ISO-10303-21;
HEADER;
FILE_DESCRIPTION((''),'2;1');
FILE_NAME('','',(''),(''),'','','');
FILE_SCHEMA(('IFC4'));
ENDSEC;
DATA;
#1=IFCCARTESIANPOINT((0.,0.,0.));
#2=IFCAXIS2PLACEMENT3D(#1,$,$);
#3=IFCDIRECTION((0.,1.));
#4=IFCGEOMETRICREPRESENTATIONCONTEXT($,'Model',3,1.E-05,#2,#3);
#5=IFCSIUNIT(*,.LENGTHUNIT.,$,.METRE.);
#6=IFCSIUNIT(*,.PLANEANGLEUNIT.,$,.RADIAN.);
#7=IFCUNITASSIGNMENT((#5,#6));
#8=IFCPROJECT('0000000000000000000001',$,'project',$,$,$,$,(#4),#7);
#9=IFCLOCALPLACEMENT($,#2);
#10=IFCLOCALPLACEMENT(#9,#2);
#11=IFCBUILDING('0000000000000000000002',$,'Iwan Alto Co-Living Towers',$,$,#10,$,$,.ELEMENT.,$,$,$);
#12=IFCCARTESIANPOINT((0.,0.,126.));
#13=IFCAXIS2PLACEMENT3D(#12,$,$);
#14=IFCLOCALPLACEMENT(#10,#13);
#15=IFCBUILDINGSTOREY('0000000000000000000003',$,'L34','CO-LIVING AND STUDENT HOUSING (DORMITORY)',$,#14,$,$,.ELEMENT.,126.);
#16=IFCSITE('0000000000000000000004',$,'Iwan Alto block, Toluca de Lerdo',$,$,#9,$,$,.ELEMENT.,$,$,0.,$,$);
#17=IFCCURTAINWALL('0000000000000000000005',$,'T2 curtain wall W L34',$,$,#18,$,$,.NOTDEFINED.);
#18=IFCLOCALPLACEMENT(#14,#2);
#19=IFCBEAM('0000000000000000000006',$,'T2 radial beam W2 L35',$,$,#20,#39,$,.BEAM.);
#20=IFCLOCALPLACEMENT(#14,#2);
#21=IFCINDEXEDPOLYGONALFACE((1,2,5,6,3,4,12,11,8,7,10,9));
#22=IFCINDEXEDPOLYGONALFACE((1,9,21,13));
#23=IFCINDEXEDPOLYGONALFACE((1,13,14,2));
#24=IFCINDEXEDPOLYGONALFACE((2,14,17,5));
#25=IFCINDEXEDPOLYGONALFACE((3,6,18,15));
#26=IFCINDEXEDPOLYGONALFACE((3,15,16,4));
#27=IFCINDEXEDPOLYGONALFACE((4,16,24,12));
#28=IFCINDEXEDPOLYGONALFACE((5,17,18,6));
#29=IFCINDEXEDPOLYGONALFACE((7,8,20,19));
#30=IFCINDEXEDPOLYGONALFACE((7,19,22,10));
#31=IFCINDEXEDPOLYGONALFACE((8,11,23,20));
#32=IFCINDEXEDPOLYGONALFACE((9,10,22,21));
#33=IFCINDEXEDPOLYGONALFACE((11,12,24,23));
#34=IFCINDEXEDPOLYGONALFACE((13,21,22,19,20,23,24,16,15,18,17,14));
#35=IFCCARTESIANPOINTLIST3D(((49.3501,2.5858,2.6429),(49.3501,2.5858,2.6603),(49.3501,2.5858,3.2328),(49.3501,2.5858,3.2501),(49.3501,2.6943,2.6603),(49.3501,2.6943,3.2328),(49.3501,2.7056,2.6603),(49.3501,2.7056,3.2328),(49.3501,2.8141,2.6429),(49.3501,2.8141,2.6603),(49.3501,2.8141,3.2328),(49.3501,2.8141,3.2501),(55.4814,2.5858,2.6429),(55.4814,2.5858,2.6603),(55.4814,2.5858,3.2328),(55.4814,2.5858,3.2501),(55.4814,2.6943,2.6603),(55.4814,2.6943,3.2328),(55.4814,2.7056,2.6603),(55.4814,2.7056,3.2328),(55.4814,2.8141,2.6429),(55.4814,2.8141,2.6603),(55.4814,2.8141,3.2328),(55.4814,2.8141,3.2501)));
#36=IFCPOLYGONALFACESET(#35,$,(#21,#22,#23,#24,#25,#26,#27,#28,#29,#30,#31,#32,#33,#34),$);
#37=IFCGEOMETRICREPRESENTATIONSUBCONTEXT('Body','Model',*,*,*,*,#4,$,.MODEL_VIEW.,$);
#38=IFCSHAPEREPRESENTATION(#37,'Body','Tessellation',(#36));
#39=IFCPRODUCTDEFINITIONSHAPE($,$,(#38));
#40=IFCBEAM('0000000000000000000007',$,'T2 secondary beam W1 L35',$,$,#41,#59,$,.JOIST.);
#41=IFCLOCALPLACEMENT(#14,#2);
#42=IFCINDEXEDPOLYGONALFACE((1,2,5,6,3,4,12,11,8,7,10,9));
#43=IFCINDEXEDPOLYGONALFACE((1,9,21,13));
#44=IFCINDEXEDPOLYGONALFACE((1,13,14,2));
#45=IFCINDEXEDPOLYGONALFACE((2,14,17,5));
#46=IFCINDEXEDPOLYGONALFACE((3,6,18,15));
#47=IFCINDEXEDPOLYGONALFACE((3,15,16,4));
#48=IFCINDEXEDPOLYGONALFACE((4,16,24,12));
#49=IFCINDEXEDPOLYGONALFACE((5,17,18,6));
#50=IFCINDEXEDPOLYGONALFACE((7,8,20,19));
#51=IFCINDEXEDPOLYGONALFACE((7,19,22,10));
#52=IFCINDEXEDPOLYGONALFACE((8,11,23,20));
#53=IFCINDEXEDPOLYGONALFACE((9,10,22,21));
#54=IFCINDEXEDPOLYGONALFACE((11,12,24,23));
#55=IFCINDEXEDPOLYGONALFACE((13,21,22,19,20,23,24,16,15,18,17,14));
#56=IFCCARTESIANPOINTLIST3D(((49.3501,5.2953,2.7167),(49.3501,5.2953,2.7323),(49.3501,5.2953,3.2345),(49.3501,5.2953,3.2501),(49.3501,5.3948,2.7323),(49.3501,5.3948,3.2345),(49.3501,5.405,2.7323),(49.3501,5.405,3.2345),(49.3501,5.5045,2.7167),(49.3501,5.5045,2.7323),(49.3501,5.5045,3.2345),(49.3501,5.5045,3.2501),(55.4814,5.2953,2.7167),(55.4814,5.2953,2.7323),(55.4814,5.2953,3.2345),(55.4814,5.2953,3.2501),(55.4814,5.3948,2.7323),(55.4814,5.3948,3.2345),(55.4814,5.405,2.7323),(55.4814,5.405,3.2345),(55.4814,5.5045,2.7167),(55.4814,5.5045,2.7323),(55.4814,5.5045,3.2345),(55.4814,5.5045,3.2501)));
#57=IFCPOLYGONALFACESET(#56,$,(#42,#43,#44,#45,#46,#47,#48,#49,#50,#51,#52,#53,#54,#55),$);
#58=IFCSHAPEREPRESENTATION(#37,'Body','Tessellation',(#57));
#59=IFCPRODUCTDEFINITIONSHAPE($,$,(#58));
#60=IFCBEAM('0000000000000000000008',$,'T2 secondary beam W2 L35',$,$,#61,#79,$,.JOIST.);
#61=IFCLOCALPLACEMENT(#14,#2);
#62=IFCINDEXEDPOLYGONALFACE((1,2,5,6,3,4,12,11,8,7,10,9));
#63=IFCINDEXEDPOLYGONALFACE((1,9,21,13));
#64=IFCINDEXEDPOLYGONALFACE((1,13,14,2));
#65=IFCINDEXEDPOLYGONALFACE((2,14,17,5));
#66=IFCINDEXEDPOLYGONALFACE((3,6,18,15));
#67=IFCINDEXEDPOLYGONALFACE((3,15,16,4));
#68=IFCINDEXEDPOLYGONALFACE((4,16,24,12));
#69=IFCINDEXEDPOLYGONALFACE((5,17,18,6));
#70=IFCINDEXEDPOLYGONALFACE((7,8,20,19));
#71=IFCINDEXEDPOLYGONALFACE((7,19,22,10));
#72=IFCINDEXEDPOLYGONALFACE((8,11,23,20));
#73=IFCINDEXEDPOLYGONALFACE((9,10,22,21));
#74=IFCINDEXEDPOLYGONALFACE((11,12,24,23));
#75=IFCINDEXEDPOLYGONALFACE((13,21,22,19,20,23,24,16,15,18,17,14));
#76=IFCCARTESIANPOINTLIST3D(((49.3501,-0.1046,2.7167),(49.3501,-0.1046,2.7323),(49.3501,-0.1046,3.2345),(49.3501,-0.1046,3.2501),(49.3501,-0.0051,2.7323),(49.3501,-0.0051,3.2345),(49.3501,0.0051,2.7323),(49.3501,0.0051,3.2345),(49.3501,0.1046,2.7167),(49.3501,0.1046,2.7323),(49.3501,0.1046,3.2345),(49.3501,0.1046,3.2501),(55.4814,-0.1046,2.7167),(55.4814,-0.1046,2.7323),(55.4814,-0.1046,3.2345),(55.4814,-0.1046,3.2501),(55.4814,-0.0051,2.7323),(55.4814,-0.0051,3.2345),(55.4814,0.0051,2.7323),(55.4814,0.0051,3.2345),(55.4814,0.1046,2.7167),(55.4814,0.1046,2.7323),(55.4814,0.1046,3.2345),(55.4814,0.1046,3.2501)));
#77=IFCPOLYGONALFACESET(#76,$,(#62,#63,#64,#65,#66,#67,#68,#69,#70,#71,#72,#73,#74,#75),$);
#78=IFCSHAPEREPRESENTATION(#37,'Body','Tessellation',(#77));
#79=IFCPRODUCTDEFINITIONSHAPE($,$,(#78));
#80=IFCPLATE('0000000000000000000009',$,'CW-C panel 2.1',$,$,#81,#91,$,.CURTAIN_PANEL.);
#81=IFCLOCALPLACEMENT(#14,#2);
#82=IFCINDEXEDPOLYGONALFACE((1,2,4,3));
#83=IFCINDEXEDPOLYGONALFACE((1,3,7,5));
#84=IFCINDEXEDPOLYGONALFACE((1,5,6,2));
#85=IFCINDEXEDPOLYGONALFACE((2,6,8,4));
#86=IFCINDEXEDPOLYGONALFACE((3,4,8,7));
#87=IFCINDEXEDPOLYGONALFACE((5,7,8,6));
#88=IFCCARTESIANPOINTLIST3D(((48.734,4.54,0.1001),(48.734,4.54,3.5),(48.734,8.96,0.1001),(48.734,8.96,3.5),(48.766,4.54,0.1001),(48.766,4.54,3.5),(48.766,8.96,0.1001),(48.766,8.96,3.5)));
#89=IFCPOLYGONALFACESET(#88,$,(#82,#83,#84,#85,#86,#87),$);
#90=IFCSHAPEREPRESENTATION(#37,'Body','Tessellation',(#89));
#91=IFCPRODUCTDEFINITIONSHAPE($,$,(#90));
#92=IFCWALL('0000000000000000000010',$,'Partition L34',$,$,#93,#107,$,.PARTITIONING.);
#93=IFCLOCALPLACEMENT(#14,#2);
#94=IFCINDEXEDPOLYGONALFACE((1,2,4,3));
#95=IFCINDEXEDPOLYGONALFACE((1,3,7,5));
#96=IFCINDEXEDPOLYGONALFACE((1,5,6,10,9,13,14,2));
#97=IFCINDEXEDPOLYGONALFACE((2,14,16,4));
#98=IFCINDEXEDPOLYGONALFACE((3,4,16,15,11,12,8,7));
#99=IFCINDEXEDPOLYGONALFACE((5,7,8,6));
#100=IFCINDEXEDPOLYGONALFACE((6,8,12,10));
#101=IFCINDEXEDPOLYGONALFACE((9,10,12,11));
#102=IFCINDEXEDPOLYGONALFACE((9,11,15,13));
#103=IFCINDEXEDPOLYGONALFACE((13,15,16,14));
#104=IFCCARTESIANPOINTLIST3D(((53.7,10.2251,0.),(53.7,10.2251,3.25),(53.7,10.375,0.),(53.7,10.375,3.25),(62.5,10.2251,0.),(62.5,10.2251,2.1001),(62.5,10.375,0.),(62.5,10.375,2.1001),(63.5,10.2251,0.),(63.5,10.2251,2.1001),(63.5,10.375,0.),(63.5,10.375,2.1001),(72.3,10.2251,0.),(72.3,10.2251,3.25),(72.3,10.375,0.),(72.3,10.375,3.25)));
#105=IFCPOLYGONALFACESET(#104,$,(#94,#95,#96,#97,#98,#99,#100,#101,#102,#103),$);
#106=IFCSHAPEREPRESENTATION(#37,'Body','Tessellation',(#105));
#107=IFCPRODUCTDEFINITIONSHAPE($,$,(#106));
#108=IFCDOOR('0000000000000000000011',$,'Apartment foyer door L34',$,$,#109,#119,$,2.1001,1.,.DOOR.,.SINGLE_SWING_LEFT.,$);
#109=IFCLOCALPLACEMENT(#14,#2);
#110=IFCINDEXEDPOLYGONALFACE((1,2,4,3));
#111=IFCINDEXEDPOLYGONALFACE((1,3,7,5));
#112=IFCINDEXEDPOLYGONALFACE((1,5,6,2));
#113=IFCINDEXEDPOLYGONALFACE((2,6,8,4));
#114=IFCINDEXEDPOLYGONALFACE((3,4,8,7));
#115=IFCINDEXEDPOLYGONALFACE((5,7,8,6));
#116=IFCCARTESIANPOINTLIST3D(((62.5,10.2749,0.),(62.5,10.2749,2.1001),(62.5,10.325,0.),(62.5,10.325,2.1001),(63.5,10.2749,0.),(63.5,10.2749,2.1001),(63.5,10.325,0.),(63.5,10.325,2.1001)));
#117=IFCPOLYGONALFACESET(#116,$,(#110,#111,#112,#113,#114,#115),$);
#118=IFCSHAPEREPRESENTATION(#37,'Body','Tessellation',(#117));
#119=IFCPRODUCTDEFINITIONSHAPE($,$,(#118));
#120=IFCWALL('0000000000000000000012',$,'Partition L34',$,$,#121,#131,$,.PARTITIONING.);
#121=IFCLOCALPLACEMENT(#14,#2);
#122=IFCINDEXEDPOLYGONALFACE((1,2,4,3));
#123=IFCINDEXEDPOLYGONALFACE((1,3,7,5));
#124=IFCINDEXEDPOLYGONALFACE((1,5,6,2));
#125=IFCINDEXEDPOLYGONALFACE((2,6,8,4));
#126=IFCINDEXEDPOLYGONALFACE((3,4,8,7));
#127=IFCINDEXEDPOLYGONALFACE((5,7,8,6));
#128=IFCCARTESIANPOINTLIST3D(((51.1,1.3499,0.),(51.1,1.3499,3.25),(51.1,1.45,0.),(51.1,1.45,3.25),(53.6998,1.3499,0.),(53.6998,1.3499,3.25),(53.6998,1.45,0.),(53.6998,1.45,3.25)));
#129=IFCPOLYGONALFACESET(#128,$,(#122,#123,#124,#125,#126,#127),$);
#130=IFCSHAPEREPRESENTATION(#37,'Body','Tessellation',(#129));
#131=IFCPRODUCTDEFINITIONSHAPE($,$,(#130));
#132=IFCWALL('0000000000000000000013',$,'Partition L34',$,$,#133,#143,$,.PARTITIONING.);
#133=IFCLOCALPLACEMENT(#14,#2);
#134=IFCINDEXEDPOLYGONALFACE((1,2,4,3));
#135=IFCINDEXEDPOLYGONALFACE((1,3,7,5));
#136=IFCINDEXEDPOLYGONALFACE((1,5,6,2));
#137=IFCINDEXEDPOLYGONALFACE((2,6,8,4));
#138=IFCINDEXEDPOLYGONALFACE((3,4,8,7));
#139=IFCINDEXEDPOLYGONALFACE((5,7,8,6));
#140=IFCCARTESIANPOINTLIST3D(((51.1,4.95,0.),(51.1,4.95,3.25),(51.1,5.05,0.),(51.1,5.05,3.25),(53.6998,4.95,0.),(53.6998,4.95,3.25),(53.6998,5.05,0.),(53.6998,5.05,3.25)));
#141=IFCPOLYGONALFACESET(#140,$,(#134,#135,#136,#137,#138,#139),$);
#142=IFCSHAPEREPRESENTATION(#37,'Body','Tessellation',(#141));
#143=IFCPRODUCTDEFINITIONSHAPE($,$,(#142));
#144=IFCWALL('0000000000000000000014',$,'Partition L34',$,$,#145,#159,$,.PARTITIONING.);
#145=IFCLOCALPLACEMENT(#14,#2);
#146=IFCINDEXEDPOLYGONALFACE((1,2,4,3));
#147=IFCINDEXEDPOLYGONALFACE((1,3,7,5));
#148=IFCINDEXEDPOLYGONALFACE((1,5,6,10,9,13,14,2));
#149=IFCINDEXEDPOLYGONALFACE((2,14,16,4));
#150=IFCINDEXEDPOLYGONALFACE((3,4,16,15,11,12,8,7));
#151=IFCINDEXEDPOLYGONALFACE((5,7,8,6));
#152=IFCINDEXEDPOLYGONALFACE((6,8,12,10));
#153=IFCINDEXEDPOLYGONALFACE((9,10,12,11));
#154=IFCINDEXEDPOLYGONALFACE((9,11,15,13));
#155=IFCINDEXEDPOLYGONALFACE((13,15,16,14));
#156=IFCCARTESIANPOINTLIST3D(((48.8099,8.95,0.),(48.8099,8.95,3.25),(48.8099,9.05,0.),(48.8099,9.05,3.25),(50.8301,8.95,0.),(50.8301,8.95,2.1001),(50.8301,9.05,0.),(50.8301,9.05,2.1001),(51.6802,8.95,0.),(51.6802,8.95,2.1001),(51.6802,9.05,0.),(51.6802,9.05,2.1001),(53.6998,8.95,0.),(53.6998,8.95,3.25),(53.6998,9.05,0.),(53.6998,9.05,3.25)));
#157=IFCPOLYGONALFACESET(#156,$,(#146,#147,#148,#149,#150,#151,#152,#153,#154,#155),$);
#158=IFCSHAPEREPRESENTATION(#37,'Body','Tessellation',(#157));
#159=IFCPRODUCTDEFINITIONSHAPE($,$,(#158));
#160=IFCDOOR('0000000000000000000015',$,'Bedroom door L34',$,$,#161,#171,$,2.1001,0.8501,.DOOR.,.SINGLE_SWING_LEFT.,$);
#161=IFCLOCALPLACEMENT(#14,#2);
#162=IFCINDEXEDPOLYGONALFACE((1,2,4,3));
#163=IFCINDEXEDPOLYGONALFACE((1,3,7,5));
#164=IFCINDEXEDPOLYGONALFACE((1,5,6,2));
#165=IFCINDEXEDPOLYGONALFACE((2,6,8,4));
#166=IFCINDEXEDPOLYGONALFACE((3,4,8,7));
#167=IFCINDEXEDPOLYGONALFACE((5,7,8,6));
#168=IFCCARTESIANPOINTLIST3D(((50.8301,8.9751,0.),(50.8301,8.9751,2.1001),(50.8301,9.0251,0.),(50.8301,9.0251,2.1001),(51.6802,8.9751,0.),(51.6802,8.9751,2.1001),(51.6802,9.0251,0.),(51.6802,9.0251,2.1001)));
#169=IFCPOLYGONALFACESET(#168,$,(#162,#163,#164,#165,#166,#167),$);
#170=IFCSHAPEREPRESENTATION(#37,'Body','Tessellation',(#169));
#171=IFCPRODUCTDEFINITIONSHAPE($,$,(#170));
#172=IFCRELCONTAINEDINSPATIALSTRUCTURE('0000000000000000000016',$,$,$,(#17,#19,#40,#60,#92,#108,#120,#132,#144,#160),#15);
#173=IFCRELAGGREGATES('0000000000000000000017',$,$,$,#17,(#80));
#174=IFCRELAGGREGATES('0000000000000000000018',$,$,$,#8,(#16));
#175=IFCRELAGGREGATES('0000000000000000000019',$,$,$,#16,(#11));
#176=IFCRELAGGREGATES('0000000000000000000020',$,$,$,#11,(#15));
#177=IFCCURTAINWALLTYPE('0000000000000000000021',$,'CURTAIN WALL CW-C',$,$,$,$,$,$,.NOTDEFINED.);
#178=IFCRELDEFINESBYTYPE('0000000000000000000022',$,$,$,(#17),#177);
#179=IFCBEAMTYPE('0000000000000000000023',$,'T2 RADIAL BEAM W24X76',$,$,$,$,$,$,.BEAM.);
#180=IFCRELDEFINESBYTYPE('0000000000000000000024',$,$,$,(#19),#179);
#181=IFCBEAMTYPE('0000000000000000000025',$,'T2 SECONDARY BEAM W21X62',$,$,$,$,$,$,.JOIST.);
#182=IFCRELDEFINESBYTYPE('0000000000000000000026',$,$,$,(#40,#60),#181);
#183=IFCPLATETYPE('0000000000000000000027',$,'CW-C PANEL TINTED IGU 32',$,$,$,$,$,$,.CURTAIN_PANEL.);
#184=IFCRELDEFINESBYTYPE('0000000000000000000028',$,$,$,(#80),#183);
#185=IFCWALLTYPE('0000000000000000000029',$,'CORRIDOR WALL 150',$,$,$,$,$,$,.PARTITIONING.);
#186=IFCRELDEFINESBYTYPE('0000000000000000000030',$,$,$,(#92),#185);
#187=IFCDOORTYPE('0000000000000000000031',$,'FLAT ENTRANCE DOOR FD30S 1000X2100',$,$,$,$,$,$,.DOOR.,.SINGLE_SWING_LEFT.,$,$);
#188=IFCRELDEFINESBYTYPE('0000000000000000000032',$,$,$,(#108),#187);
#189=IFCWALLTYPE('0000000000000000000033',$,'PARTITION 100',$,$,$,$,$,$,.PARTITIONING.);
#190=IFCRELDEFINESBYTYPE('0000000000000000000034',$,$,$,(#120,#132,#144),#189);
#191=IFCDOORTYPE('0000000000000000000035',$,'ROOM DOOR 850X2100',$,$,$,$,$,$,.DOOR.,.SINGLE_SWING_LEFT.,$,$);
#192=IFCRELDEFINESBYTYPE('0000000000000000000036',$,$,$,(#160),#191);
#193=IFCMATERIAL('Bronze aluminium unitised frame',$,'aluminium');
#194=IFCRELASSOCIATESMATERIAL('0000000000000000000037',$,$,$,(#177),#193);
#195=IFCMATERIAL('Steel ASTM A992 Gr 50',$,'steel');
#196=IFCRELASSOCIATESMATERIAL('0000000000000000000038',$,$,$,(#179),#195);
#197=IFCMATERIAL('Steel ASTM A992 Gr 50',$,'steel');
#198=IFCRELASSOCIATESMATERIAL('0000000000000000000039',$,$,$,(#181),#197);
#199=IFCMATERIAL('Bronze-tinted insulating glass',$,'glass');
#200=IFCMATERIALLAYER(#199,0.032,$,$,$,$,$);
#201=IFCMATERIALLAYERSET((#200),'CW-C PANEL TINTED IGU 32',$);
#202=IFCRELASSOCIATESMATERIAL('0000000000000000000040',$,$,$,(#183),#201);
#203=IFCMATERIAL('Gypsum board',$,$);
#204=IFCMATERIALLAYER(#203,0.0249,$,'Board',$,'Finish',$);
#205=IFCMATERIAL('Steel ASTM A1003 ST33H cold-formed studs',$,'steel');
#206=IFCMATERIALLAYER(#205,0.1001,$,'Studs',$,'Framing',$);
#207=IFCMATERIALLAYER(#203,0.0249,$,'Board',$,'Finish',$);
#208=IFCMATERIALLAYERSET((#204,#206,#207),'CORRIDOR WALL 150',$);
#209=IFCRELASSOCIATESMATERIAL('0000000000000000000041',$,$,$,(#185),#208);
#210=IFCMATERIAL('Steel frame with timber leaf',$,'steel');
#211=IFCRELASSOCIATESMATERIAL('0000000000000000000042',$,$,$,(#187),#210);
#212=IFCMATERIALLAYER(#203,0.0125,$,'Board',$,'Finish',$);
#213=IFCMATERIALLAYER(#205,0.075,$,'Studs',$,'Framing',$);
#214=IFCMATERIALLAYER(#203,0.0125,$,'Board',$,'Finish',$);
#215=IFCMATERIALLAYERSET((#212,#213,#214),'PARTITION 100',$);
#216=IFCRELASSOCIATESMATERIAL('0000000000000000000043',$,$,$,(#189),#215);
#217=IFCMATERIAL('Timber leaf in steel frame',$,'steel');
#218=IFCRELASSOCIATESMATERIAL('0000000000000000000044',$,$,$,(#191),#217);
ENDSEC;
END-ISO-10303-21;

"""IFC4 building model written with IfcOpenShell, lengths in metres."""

from ifc_helpers import new_model, si_unit, direction, frame, frame_2d, origin, origin_2d, place, context, subcontext, project, spatial, rectangle, i_section, extrude, material, layer, layer_set, material_profile, profile_set, type_object, element, fill, aggregate, save


model = new_model("IFC4")

# Units and contexts
model_context = context("Model", 3, precision=1e-05, world=origin(), true_north=direction((0.0, 1.0)))
body_context = subcontext(model_context, "Body", "Model", "MODEL_VIEW")
ifc_project = project(units=[si_unit("LENGTHUNIT", "METRE"), si_unit("PLANEANGLEUNIT", "RADIAN")], contexts=[model_context])

# Site, building, storey
site_placement = place(None, origin())
site = spatial("IfcSite", under=ifc_project, at=site_placement, Name="Iwan Alto block, Toluca de Lerdo", CompositionType="ELEMENT", RefElevation=0.0)
building_placement = place(site_placement, origin())
building = spatial("IfcBuilding", under=site, at=building_placement, Name="Iwan Alto Co-Living Towers", CompositionType="ELEMENT")
storey_placement = place(building_placement, frame((0.0, 0.0, 126.0)))
storey = spatial("IfcBuildingStorey", under=building, at=storey_placement, Name="L34", Description="CO-LIVING AND STUDENT HOUSING (DORMITORY)", CompositionType="ELEMENT", Elevation=126.0)

# Curtain wall
ifc_material_1 = material(Name="Bronze aluminium unitised frame", Category="aluminium")
curtain_wall_type = type_object("IfcCurtainWallType", Name="CURTAIN WALL CW-C", PredefinedType="NOTDEFINED", material=ifc_material_1)
curtain_wall_placement = place(storey_placement, origin())
curtain_wall = element("IfcCurtainWall", 1, at=curtain_wall_placement, inside=storey, type_object=curtain_wall_type, Name="T2 curtain wall W L34", PredefinedType="NOTDEFINED")

# Beams
ifc_material_2 = material(Name="Steel ASTM A992 Gr 50", Category="steel")
ifc_material_profile_1 = material_profile(ifc_material_2, i_section(OverallWidth=0.2283, OverallDepth=0.6072, WebThickness=0.0112, FlangeThickness=0.0173, at=origin_2d()), Name="W24X76")
ifc_profile_set_1 = profile_set([ifc_material_profile_1], Name="Steel ASTM A992 Gr 50")
beam_type_1 = type_object("IfcBeamType", Name="T2 RADIAL BEAM W24X76", PredefinedType="BEAM", material=ifc_profile_set_1)
for number, where, z_axis, x_axis, name in (
    (2, (49.3501, 2.7, 2.9465), (1.0, 0.0, 0.0), (0.0, 1.0, 0.0), "T2 radial beam W2 L35"),
):
    element("IfcBeam", number, at=place(storey_placement, frame(where, z_axis=z_axis, x_axis=x_axis)), inside=storey, type_object=beam_type_1, Name=name, PredefinedType="BEAM", context=body_context, shape_type="SweptSolid", body=[
        extrude(i_section(OverallWidth=0.2283, OverallDepth=0.6072, WebThickness=0.0112, FlangeThickness=0.0173, at=origin_2d()), origin(), (0.0, 0.0, 1.0), 6.1313),
    ])
ifc_material_3 = material(Name="Steel ASTM A992 Gr 50", Category="steel")
ifc_material_profile_2 = material_profile(ifc_material_3, i_section(OverallWidth=0.2092, OverallDepth=0.5334, WebThickness=0.0103, FlangeThickness=0.0156, at=origin_2d()), Name="W21X62")
ifc_profile_set_2 = profile_set([ifc_material_profile_2], Name="Steel ASTM A992 Gr 50")
beam_type_2 = type_object("IfcBeamType", Name="T2 SECONDARY BEAM W21X62", PredefinedType="JOIST", material=ifc_profile_set_2)
for number, where, z_axis, x_axis, name in (
    (3, (49.3501, 5.3999, 2.9834), (1.0, 0.0, 0.0), (0.0, 1.0, 0.0), "T2 secondary beam W1 L35"),
    (4, (49.3501, 0.0, 2.9834), (1.0, 0.0, 0.0), (0.0, 1.0, 0.0), "T2 secondary beam W2 L35"),
):
    element("IfcBeam", number, at=place(storey_placement, frame(where, z_axis=z_axis, x_axis=x_axis)), inside=storey, type_object=beam_type_2, Name=name, PredefinedType="JOIST", context=body_context, shape_type="SweptSolid", body=[
        extrude(i_section(OverallWidth=0.2092, OverallDepth=0.5334, WebThickness=0.0103, FlangeThickness=0.0156, at=origin_2d()), origin(), (0.0, 0.0, 1.0), 6.1313),
    ])

# Plate
ifc_material_4 = material(Name="Bronze-tinted insulating glass", Category="glass")
ifc_layer_1 = layer(ifc_material_4, 0.032)
ifc_layer_set_1 = layer_set([ifc_layer_1], Name="CW-C PANEL TINTED IGU 32")
plate_type = type_object("IfcPlateType", Name="CW-C PANEL TINTED IGU 32", PredefinedType="CURTAIN_PANEL", material=ifc_layer_set_1)
plate_placement = place(storey_placement, frame((48.75, 6.75, 0.1001), z_axis=(0.0, 0.0, 1.0), x_axis=(0.0, -1.0, 0.0)))
plate = element("IfcPlate", 5, at=plate_placement, type_object=plate_type, Name="CW-C panel 2.1", PredefinedType="CURTAIN_PANEL", context=body_context, shape_type="SweptSolid", body=[
    extrude(rectangle(XDim=4.4199, YDim=0.032, at=origin_2d()), origin(), (0.0, 0.0, 1.0), 3.3999),
])
aggregate(curtain_wall, [plate])

# Wall, opening, door
ifc_material_5 = material(Name="Gypsum board")
ifc_layer_2 = layer(ifc_material_5, 0.0249, Name="Board", Category="Finish")
ifc_material_6 = material(Name="Steel ASTM A1003 ST33H cold-formed studs", Category="steel")
ifc_layer_3 = layer(ifc_material_6, 0.1001, Name="Studs", Category="Framing")
ifc_layer_4 = layer(ifc_material_5, 0.0249, Name="Board", Category="Finish")
ifc_layer_set_2 = layer_set([ifc_layer_2, ifc_layer_3, ifc_layer_4], Name="CORRIDOR WALL 150")
wall_type_1 = type_object("IfcWallType", Name="CORRIDOR WALL 150", PredefinedType="PARTITIONING", material=ifc_layer_set_2)
wall_1_placement = place(storey_placement, frame((53.7, 10.3, 0.0), z_axis=(0.0, 0.0, 1.0), x_axis=(1.0, 0.0, 0.0)))
wall_1 = element("IfcWall", 6, at=wall_1_placement, inside=storey, type_object=wall_type_1, Name="Partition L34", PredefinedType="PARTITIONING", context=body_context, shape_type="SweptSolid", body=[
    extrude(rectangle(XDim=18.6001, YDim=0.1499, at=frame_2d((9.3, 0.0))), origin(), (0.0, 0.0, 1.0), 3.25),
])
opening_1_placement = place(wall_1_placement, frame((8.8, 0.0, 0.0)))
opening_1 = element("IfcOpeningElement", 7, at=opening_1_placement, cuts=wall_1, PredefinedType="OPENING", context=body_context, shape_type="SweptSolid", body=[
    extrude(rectangle(XDim=1.0, YDim=2.1001, at=frame_2d((0.5, 1.05))), frame((0.0, 0.085, 0.0), z_axis=(0.0, -1.0, 0.0), x_axis=(1.0, 0.0, 0.0)), (0.0, 0.0, 1.0), 0.1699),
])
ifc_material_7 = material(Name="Steel frame with timber leaf", Category="steel")
door_type_1 = type_object("IfcDoorType", Name="FLAT ENTRANCE DOOR FD30S 1000X2100", OperationType="SINGLE_SWING_LEFT", PredefinedType="DOOR", material=ifc_material_7)
door_1_placement = place(opening_1_placement, origin())
door_1 = element("IfcDoor", 8, at=door_1_placement, inside=storey, type_object=door_type_1, Name="Apartment foyer door L34", OperationType="SINGLE_SWING_LEFT", OverallHeight=2.1001, OverallWidth=1.0, PredefinedType="DOOR", context=body_context, shape_type="SweptSolid", body=[
    extrude(rectangle(XDim=1.0, YDim=2.1001, at=frame_2d((0.5, 1.05))), frame((0.0, 0.0249, 0.0), z_axis=(0.0, -1.0, 0.0), x_axis=(1.0, 0.0, 0.0)), (0.0, 0.0, 1.0), 0.05),
])
fill(opening_1, door_1)

# Walls
ifc_layer_5 = layer(ifc_material_5, 0.0125, Name="Board", Category="Finish")
ifc_layer_6 = layer(ifc_material_6, 0.075, Name="Studs", Category="Framing")
ifc_layer_7 = layer(ifc_material_5, 0.0125, Name="Board", Category="Finish")
ifc_layer_set_3 = layer_set([ifc_layer_5, ifc_layer_6, ifc_layer_7], Name="PARTITION 100")
wall_type_2 = type_object("IfcWallType", Name="PARTITION 100", PredefinedType="PARTITIONING", material=ifc_layer_set_3)
for number, where, z_axis, x_axis, name in (
    (9, (51.1001, 1.3999, 0.0), (0.0, 0.0, 1.0), (1.0, 0.0, 0.0), "Partition L34"),
    (10, (51.1001, 5.0, 0.0), (0.0, 0.0, 1.0), (1.0, 0.0, 0.0), "Partition L34"),
):
    element("IfcWall", number, at=place(storey_placement, frame(where, z_axis=z_axis, x_axis=x_axis)), inside=storey, type_object=wall_type_2, Name=name, PredefinedType="PARTITIONING", context=body_context, shape_type="SweptSolid", body=[
        extrude(rectangle(XDim=2.5999, YDim=0.1001, at=frame_2d((1.2998, 0.0))), origin(), (0.0, 0.0, 1.0), 3.25),
    ])

# Wall, opening, door
wall_2_placement = place(storey_placement, frame((48.8101, 9.0, 0.0), z_axis=(0.0, 0.0, 1.0), x_axis=(1.0, 0.0, 0.0)))
wall_2 = element("IfcWall", 11, at=wall_2_placement, inside=storey, type_object=wall_type_2, Name="Partition L34", PredefinedType="PARTITIONING", context=body_context, shape_type="SweptSolid", body=[
    extrude(rectangle(XDim=4.8899, YDim=0.1001, at=frame_2d((2.4448, 0.0))), origin(), (0.0, 0.0, 1.0), 3.25),
])
opening_2_placement = place(wall_2_placement, frame((2.02, 0.0, 0.0)))
opening_2 = element("IfcOpeningElement", 12, at=opening_2_placement, cuts=wall_2, PredefinedType="OPENING", context=body_context, shape_type="SweptSolid", body=[
    extrude(rectangle(XDim=0.8501, YDim=2.1001, at=frame_2d((0.425, 1.05))), frame((0.0, 0.0601, 0.0), z_axis=(0.0, -1.0, 0.0), x_axis=(1.0, 0.0, 0.0)), (0.0, 0.0, 1.0), 0.1201),
])
ifc_material_8 = material(Name="Timber leaf in steel frame", Category="steel")
door_type_2 = type_object("IfcDoorType", Name="ROOM DOOR 850X2100", OperationType="SINGLE_SWING_LEFT", PredefinedType="DOOR", material=ifc_material_8)
door_2_placement = place(opening_2_placement, frame((0.8501, 0.0, 0.0), z_axis=(0.0, 0.0, 1.0), x_axis=(-1.0, 0.0, 0.0)))
door_2 = element("IfcDoor", 13, at=door_2_placement, inside=storey, type_object=door_type_2, Name="Bedroom door L34", OperationType="SINGLE_SWING_LEFT", OverallHeight=2.1001, OverallWidth=0.8501, PredefinedType="DOOR", context=body_context, shape_type="SweptSolid", body=[
    extrude(rectangle(XDim=0.8501, YDim=2.1001, at=frame_2d((0.425, 1.05))), frame((0.0, 0.0249, 0.0), z_axis=(0.0, -1.0, 0.0), x_axis=(1.0, 0.0, 0.0)), (0.0, 0.0, 1.0), 0.05),
])
fill(opening_2, door_2)

save(model, "model.ifc")
